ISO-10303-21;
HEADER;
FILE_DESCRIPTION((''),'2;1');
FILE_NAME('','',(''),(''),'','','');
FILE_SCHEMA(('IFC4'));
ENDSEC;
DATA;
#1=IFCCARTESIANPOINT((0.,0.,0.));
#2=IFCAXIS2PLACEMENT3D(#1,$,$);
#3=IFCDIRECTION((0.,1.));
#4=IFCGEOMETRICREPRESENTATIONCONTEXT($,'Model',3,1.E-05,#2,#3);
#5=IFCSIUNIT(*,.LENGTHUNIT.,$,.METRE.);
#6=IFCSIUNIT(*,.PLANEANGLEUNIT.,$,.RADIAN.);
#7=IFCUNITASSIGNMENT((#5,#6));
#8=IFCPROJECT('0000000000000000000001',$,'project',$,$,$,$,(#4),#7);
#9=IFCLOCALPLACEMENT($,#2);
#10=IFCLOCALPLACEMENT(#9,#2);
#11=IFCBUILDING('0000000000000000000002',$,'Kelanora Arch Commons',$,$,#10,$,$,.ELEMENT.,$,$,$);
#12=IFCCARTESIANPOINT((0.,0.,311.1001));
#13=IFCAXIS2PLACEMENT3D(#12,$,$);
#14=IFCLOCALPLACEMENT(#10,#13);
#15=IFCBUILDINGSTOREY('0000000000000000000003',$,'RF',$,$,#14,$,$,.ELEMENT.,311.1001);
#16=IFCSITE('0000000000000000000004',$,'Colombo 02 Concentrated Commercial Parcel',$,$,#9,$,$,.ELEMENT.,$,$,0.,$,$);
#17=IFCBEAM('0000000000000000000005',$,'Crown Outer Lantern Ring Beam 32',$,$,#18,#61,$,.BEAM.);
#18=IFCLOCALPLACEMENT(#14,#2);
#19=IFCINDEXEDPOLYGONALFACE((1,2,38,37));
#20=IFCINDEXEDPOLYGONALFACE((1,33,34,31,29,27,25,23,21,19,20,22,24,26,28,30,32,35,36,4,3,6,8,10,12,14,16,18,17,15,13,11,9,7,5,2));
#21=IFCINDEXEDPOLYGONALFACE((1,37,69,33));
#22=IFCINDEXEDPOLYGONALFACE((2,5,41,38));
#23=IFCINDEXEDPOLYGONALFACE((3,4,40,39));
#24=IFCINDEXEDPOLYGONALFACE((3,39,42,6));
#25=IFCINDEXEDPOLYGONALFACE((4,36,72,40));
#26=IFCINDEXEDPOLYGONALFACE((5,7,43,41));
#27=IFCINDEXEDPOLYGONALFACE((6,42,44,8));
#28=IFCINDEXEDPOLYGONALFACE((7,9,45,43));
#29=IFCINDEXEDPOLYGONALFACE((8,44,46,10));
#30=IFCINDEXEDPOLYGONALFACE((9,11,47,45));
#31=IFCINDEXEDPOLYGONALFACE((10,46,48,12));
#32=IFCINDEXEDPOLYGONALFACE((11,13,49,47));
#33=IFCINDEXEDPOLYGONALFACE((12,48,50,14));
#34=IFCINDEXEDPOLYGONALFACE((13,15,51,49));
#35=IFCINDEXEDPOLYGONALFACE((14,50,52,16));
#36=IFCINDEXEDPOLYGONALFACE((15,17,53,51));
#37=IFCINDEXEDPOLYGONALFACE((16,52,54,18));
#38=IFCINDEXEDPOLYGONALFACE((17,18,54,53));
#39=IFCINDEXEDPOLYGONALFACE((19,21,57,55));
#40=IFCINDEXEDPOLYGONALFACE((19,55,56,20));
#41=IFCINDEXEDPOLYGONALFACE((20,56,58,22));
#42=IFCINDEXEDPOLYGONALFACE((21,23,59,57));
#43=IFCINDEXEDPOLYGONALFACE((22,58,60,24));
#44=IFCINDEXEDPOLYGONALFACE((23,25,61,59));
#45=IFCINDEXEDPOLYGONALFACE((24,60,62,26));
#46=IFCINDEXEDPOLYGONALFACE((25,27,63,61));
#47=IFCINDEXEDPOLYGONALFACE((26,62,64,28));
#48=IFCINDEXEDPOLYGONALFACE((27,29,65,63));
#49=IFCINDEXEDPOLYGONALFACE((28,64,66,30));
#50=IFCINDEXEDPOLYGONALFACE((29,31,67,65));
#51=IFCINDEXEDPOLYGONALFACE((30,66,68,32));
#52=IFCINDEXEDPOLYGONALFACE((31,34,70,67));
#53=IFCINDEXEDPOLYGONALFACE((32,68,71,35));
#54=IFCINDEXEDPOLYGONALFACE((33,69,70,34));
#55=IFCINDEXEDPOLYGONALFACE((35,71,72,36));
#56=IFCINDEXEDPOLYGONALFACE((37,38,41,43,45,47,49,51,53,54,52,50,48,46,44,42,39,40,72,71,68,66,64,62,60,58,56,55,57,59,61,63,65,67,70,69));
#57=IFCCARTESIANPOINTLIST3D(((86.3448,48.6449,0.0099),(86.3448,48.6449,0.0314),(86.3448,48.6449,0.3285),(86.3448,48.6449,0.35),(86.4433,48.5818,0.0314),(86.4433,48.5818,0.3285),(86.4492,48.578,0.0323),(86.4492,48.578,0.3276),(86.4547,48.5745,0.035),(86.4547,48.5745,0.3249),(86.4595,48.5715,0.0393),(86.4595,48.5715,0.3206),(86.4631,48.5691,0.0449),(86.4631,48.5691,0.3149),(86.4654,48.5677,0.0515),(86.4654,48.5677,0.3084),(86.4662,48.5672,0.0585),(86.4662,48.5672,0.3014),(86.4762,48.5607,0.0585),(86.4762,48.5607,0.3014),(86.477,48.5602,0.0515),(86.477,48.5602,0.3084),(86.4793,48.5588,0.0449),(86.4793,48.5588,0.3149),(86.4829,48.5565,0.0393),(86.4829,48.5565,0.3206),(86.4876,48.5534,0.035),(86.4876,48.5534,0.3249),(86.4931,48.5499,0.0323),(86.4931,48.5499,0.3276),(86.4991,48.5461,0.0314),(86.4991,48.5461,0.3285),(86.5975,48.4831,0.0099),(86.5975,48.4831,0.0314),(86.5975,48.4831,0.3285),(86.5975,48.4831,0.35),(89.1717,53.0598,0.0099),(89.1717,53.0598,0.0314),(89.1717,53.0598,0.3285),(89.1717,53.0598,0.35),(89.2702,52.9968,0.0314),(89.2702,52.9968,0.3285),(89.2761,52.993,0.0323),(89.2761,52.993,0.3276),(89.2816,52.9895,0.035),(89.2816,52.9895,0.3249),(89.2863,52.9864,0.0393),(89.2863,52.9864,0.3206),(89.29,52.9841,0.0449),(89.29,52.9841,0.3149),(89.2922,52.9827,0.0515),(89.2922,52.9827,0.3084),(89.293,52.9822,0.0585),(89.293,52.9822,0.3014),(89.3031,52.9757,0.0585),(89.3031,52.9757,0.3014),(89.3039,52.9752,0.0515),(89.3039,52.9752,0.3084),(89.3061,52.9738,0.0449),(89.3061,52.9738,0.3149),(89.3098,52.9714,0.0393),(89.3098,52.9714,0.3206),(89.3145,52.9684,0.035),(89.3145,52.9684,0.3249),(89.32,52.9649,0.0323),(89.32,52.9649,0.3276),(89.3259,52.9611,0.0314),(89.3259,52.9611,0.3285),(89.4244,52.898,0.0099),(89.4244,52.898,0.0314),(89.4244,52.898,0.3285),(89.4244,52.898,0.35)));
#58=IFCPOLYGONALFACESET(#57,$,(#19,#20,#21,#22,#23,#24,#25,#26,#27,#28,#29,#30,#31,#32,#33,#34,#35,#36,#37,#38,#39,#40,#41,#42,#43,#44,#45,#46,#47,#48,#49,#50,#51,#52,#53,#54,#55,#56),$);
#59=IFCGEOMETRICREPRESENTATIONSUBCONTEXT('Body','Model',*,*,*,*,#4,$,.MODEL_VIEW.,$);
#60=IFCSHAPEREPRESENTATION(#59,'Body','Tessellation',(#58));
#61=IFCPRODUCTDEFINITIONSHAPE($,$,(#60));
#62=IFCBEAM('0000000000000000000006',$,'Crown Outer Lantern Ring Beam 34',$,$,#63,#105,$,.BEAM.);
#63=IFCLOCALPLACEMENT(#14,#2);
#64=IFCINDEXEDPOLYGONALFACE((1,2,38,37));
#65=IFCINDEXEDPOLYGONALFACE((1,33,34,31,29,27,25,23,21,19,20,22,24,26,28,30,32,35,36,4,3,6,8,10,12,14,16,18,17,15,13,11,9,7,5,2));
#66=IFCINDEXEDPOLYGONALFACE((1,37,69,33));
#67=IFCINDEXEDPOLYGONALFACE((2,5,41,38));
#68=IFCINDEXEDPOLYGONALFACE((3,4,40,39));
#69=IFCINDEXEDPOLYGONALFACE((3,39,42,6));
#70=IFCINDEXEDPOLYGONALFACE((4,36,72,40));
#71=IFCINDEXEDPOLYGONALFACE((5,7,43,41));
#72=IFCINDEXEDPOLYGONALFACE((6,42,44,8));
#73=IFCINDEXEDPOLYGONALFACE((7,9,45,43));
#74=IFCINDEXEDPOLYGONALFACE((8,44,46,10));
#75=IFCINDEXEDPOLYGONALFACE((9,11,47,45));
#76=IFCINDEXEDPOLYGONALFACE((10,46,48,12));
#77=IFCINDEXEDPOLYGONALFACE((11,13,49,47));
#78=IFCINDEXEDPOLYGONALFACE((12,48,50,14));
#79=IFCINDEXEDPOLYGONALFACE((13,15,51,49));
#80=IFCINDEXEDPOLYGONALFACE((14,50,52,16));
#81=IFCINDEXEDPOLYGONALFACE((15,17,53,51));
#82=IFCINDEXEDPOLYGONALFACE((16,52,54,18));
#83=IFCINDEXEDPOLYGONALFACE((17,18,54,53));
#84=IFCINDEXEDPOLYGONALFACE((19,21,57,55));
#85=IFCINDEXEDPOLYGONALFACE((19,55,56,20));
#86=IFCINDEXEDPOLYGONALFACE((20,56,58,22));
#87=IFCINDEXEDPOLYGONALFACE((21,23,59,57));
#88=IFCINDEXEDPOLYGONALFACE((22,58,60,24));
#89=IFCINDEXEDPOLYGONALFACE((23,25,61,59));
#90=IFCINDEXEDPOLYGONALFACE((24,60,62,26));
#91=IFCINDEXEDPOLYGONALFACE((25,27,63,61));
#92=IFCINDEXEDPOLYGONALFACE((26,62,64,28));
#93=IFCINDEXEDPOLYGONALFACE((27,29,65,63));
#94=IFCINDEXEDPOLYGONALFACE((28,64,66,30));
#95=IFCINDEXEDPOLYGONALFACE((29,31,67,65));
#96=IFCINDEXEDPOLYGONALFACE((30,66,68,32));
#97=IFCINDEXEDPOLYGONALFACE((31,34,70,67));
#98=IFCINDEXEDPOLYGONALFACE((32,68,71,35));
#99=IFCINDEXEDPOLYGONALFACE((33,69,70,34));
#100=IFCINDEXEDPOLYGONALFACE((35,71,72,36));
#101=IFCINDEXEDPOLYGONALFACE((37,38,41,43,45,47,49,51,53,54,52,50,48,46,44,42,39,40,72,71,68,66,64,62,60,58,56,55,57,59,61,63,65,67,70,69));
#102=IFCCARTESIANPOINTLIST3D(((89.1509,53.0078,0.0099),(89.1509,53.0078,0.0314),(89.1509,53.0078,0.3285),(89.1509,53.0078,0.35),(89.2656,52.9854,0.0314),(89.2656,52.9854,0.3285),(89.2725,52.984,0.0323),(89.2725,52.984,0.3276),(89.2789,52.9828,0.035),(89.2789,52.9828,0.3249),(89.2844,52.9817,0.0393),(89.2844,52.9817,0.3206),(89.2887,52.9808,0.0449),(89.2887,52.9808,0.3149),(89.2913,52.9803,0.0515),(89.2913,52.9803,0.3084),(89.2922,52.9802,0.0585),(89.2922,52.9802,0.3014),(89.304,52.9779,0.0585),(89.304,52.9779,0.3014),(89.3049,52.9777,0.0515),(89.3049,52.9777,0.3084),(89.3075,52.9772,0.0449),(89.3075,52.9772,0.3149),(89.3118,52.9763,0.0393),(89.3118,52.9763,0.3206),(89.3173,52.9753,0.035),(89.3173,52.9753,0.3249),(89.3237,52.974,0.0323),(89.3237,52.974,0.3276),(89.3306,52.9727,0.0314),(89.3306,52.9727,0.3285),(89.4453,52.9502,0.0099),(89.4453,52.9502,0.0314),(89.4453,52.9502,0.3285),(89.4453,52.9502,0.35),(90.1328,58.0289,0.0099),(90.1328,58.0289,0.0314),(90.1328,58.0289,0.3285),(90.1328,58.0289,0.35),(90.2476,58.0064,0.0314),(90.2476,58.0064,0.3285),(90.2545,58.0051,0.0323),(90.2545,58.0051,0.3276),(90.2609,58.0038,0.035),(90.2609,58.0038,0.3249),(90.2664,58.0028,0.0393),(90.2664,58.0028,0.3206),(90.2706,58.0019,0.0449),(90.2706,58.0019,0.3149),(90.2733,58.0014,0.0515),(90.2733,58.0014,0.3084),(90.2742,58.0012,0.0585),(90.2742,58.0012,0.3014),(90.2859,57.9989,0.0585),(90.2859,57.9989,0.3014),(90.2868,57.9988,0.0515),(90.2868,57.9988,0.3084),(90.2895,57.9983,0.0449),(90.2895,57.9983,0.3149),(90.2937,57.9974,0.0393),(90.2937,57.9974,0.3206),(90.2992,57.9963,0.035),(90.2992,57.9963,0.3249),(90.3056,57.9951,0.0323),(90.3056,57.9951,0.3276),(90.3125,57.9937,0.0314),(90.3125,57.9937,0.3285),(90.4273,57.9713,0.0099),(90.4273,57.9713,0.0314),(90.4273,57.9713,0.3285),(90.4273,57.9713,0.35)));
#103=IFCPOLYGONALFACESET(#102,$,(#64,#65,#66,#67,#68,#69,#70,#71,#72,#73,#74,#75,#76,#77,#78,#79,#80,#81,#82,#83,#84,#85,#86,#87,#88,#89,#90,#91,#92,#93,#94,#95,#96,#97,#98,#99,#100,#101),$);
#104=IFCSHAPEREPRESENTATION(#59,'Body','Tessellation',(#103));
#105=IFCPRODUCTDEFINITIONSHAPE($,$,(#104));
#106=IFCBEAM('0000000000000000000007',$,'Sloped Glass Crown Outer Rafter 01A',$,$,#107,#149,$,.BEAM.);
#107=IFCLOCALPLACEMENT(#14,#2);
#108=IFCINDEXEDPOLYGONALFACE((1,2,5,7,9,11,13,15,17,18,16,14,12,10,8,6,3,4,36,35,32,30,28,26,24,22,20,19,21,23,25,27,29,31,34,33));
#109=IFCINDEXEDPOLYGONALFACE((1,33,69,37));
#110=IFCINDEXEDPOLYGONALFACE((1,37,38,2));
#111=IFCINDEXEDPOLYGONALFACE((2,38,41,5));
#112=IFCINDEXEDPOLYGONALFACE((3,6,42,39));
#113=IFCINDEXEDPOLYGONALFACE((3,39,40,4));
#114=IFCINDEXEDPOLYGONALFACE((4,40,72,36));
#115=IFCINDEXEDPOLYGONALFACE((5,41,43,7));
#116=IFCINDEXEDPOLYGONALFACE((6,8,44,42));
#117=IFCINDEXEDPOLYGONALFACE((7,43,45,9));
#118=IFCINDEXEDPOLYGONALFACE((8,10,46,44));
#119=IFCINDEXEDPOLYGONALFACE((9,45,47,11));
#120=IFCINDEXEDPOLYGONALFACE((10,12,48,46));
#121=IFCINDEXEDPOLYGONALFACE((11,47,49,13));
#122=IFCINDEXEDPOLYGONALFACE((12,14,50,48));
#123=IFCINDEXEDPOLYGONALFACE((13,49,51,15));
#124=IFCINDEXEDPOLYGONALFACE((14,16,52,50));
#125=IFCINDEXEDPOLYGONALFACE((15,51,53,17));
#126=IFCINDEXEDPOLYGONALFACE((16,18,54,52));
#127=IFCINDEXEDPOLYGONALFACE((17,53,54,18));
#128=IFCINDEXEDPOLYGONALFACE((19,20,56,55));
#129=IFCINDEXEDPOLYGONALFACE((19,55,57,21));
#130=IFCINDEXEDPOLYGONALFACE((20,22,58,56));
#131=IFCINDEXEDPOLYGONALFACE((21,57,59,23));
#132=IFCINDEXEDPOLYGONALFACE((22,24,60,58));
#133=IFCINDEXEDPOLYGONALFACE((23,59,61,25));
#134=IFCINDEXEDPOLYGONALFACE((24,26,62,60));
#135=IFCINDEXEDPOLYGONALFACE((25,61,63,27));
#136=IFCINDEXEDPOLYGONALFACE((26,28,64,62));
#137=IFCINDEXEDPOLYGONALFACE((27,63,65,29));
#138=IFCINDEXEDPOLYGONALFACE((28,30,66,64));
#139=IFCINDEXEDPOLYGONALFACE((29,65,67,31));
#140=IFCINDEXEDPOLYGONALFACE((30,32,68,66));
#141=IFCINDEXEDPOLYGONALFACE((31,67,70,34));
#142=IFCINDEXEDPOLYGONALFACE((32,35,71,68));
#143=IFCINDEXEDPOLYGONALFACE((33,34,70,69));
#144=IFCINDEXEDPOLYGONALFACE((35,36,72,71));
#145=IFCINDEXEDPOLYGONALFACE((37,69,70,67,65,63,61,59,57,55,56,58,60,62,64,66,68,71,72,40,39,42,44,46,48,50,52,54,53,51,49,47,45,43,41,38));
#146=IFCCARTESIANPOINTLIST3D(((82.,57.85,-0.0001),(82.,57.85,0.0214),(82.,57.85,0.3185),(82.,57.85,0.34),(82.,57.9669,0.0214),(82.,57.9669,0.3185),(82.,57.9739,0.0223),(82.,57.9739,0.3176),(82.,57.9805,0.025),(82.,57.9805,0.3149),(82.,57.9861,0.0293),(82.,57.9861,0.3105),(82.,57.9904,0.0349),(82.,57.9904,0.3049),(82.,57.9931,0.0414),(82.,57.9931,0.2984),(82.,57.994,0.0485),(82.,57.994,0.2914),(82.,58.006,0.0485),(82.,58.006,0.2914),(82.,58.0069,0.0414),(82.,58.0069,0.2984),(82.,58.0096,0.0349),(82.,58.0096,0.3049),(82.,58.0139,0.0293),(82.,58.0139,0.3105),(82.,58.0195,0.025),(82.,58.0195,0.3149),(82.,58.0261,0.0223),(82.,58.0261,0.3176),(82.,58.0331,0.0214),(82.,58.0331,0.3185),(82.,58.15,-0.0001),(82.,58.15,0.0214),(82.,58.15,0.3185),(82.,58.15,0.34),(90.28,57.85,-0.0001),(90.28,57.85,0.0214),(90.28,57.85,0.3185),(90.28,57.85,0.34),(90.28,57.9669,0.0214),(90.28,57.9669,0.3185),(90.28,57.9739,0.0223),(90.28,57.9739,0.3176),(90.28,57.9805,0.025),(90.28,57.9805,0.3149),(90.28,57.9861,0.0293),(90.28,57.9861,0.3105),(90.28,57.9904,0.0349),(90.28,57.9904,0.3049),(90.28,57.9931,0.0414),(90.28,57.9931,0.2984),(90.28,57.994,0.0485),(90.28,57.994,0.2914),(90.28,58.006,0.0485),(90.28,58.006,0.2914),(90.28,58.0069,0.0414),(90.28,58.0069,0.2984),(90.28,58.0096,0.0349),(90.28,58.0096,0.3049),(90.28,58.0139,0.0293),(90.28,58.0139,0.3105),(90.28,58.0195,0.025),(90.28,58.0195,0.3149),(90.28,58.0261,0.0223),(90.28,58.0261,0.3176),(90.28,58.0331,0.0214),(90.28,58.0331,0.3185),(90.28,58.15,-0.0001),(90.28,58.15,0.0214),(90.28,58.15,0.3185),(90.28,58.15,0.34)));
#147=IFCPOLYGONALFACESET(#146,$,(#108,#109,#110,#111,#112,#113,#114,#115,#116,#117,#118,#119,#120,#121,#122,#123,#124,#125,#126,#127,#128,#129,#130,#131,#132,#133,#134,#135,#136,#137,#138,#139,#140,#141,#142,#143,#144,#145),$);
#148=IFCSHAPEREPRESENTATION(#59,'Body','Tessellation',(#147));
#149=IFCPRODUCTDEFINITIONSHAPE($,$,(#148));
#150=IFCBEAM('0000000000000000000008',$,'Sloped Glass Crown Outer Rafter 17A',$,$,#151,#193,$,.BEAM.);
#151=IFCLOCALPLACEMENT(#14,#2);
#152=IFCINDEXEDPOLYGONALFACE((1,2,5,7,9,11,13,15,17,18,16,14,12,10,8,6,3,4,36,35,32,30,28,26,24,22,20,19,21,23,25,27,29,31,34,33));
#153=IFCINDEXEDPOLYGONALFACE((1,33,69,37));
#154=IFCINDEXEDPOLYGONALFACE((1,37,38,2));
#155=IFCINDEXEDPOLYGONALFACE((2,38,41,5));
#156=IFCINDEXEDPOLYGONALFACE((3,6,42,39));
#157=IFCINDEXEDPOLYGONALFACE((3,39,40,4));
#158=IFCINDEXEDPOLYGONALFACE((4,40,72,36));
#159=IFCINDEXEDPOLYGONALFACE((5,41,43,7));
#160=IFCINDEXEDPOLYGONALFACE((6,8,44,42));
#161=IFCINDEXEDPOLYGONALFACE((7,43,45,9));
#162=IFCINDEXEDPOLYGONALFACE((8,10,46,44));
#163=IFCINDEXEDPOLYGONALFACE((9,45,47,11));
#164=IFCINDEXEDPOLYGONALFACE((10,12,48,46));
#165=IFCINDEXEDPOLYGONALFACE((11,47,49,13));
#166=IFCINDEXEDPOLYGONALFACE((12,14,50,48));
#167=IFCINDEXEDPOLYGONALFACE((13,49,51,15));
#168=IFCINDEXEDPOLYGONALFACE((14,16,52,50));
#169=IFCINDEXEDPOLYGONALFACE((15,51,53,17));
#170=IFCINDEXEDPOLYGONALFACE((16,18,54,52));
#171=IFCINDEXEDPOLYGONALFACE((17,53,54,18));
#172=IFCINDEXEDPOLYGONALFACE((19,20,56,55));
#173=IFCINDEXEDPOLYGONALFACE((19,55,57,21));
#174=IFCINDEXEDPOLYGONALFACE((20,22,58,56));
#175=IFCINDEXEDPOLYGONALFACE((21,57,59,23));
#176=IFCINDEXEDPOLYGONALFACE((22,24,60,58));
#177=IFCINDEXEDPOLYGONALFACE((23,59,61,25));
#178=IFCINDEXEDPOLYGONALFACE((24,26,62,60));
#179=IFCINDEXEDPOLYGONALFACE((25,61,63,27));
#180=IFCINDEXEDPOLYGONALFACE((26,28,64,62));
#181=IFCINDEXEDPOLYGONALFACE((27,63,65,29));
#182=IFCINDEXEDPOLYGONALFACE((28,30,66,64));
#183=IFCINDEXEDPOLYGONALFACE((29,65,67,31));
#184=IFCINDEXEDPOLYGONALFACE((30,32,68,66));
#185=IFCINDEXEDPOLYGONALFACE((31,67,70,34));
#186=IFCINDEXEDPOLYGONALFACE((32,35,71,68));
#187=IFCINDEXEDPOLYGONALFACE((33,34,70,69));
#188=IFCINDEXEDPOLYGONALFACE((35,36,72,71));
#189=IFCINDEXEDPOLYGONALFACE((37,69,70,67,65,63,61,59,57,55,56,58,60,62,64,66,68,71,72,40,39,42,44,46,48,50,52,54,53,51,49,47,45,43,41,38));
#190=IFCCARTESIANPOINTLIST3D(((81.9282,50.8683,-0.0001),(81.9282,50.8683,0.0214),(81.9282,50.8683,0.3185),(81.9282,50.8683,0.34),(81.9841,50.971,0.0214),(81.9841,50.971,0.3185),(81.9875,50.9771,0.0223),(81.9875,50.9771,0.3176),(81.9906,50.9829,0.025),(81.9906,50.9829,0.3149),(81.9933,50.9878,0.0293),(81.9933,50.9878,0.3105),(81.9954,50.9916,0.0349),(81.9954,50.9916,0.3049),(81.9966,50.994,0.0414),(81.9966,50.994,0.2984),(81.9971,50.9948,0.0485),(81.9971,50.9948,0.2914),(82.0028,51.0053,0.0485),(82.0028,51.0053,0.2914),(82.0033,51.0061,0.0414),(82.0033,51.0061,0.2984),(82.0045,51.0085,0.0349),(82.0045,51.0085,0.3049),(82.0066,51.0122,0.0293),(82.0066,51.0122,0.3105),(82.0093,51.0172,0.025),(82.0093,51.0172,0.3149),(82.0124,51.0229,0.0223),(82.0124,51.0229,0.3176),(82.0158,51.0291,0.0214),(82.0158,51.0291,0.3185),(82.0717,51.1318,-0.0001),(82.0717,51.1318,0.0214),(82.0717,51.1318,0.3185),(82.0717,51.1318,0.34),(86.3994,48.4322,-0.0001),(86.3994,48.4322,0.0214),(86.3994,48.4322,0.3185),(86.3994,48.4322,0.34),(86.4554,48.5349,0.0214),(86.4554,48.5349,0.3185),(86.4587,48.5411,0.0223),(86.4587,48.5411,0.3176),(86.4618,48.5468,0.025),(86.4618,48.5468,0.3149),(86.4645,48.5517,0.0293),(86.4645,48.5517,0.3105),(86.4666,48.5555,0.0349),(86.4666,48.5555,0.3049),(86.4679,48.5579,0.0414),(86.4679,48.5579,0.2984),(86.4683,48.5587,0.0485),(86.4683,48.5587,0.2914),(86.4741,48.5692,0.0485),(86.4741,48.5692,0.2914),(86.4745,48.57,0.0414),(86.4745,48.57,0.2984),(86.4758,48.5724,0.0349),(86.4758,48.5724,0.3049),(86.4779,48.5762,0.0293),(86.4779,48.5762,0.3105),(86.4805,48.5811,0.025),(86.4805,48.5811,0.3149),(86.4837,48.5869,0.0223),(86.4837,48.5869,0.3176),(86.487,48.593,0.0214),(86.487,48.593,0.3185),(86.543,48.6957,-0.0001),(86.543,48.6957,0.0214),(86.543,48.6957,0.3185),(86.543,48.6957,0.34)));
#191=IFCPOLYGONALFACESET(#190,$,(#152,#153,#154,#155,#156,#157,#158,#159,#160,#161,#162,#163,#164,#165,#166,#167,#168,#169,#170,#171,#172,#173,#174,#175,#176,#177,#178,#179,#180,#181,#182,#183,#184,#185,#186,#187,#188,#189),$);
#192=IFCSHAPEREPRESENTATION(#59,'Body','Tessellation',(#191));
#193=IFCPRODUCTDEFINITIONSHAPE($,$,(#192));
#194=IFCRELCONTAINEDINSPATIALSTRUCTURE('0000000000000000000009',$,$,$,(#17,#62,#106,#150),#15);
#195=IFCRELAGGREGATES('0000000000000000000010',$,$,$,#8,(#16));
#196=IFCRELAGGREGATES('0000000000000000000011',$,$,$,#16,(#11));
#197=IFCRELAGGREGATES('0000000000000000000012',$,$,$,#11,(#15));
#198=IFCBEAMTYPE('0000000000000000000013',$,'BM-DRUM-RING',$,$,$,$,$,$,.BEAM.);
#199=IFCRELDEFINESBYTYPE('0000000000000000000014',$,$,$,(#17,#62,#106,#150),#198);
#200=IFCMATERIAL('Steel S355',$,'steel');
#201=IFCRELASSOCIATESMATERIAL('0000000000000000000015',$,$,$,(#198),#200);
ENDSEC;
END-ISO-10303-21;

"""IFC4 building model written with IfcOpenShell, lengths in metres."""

from ifc_helpers import new_model, si_unit, direction, frame, origin, origin_2d, place, context, subcontext, project, spatial, i_section, extrude, material, material_profile, profile_set, type_object, element, save


model = new_model("IFC4")

# Units and contexts
model_context = context("Model", 3, precision=1e-05, world=origin(), true_north=direction((0.0, 1.0)))
body_context = subcontext(model_context, "Body", "Model", "MODEL_VIEW")
ifc_project = project(units=[si_unit("LENGTHUNIT", "METRE"), si_unit("PLANEANGLEUNIT", "RADIAN")], contexts=[model_context])

# Site, building, storey
site_placement = place(None, origin())
site = spatial("IfcSite", under=ifc_project, at=site_placement, Name="Colombo 02 Concentrated Commercial Parcel", CompositionType="ELEMENT", RefElevation=0.0)
building_placement = place(site_placement, origin())
building = spatial("IfcBuilding", under=site, at=building_placement, Name="Kelanora Arch Commons", CompositionType="ELEMENT")
storey_placement = place(building_placement, frame((0.0, 0.0, 311.1001)))
storey = spatial("IfcBuildingStorey", under=building, at=storey_placement, Name="RF", CompositionType="ELEMENT", Elevation=311.1001)

# Beams
ifc_material_1 = material(Name="Steel S355", Category="steel")
ifc_material_profile_1 = material_profile(ifc_material_1, i_section(OverallWidth=0.3, OverallDepth=0.3401, WebThickness=0.012, FlangeThickness=0.0215, FilletRadius=0.0271, at=origin_2d()), Name="HEB340")
ifc_profile_set_1 = profile_set([ifc_material_profile_1], Name="Steel S355")
beam_type = type_object("IfcBeamType", Name="BM-DRUM-RING", PredefinedType="BEAM", material=ifc_profile_set_1)
beam_1_placement = place(storey_placement, frame((86.4712, 48.564, 0.1799), z_axis=(0.539227, 0.842161, 0.0), x_axis=(-0.842161, 0.539227, 0.0)))
element("IfcBeam", 1, at=beam_1_placement, inside=storey, type_object=beam_type, Name="Crown Outer Lantern Ring Beam 32", PredefinedType="BEAM", context=body_context, shape_type="SweptSolid", body=[
    extrude(i_section(OverallWidth=0.3, OverallDepth=0.3401, WebThickness=0.012, FlangeThickness=0.0215, FilletRadius=0.0271, at=origin_2d()), origin(), (0.0, 0.0, 1.0), 5.2424),
])
beam_2_placement = place(storey_placement, frame((89.2981, 52.979, 0.1799), z_axis=(0.19193, 0.981409, 0.0), x_axis=(-0.981409, 0.19193, 0.0)))
element("IfcBeam", 2, at=beam_2_placement, inside=storey, type_object=beam_type, Name="Crown Outer Lantern Ring Beam 34", PredefinedType="BEAM", context=body_context, shape_type="SweptSolid", body=[
    extrude(i_section(OverallWidth=0.3, OverallDepth=0.3401, WebThickness=0.012, FlangeThickness=0.0215, FilletRadius=0.0271, at=origin_2d()), origin(), (0.0, 0.0, 1.0), 5.1162),
])
beam_3_placement = place(storey_placement, frame((90.28, 58.0, 0.1699), z_axis=(-1.0, 0.0, 0.0), x_axis=(0.0, -1.0, 0.0)))
element("IfcBeam", 3, at=beam_3_placement, inside=storey, type_object=beam_type, Name="Sloped Glass Crown Outer Rafter 01A", PredefinedType="BEAM", context=body_context, shape_type="SweptSolid", body=[
    extrude(i_section(OverallWidth=0.3, OverallDepth=0.3401, WebThickness=0.012, FlangeThickness=0.0215, FilletRadius=0.0271, at=origin_2d()), origin(), (0.0, 0.0, 1.0), 8.28),
])
beam_4_placement = place(storey_placement, frame((86.4712, 48.564, 0.1699), z_axis=(-0.878126, 0.478429, 0.0), x_axis=(-0.478429, -0.878126, 0.0)))
element("IfcBeam", 4, at=beam_4_placement, inside=storey, type_object=beam_type, Name="Sloped Glass Crown Outer Rafter 17A", PredefinedType="BEAM", context=body_context, shape_type="SweptSolid", body=[
    extrude(i_section(OverallWidth=0.3, OverallDepth=0.3401, WebThickness=0.012, FlangeThickness=0.0215, FilletRadius=0.0271, at=origin_2d()), origin(), (0.0, 0.0, 1.0), 5.0918),
])

save(model, "model.ifc")
